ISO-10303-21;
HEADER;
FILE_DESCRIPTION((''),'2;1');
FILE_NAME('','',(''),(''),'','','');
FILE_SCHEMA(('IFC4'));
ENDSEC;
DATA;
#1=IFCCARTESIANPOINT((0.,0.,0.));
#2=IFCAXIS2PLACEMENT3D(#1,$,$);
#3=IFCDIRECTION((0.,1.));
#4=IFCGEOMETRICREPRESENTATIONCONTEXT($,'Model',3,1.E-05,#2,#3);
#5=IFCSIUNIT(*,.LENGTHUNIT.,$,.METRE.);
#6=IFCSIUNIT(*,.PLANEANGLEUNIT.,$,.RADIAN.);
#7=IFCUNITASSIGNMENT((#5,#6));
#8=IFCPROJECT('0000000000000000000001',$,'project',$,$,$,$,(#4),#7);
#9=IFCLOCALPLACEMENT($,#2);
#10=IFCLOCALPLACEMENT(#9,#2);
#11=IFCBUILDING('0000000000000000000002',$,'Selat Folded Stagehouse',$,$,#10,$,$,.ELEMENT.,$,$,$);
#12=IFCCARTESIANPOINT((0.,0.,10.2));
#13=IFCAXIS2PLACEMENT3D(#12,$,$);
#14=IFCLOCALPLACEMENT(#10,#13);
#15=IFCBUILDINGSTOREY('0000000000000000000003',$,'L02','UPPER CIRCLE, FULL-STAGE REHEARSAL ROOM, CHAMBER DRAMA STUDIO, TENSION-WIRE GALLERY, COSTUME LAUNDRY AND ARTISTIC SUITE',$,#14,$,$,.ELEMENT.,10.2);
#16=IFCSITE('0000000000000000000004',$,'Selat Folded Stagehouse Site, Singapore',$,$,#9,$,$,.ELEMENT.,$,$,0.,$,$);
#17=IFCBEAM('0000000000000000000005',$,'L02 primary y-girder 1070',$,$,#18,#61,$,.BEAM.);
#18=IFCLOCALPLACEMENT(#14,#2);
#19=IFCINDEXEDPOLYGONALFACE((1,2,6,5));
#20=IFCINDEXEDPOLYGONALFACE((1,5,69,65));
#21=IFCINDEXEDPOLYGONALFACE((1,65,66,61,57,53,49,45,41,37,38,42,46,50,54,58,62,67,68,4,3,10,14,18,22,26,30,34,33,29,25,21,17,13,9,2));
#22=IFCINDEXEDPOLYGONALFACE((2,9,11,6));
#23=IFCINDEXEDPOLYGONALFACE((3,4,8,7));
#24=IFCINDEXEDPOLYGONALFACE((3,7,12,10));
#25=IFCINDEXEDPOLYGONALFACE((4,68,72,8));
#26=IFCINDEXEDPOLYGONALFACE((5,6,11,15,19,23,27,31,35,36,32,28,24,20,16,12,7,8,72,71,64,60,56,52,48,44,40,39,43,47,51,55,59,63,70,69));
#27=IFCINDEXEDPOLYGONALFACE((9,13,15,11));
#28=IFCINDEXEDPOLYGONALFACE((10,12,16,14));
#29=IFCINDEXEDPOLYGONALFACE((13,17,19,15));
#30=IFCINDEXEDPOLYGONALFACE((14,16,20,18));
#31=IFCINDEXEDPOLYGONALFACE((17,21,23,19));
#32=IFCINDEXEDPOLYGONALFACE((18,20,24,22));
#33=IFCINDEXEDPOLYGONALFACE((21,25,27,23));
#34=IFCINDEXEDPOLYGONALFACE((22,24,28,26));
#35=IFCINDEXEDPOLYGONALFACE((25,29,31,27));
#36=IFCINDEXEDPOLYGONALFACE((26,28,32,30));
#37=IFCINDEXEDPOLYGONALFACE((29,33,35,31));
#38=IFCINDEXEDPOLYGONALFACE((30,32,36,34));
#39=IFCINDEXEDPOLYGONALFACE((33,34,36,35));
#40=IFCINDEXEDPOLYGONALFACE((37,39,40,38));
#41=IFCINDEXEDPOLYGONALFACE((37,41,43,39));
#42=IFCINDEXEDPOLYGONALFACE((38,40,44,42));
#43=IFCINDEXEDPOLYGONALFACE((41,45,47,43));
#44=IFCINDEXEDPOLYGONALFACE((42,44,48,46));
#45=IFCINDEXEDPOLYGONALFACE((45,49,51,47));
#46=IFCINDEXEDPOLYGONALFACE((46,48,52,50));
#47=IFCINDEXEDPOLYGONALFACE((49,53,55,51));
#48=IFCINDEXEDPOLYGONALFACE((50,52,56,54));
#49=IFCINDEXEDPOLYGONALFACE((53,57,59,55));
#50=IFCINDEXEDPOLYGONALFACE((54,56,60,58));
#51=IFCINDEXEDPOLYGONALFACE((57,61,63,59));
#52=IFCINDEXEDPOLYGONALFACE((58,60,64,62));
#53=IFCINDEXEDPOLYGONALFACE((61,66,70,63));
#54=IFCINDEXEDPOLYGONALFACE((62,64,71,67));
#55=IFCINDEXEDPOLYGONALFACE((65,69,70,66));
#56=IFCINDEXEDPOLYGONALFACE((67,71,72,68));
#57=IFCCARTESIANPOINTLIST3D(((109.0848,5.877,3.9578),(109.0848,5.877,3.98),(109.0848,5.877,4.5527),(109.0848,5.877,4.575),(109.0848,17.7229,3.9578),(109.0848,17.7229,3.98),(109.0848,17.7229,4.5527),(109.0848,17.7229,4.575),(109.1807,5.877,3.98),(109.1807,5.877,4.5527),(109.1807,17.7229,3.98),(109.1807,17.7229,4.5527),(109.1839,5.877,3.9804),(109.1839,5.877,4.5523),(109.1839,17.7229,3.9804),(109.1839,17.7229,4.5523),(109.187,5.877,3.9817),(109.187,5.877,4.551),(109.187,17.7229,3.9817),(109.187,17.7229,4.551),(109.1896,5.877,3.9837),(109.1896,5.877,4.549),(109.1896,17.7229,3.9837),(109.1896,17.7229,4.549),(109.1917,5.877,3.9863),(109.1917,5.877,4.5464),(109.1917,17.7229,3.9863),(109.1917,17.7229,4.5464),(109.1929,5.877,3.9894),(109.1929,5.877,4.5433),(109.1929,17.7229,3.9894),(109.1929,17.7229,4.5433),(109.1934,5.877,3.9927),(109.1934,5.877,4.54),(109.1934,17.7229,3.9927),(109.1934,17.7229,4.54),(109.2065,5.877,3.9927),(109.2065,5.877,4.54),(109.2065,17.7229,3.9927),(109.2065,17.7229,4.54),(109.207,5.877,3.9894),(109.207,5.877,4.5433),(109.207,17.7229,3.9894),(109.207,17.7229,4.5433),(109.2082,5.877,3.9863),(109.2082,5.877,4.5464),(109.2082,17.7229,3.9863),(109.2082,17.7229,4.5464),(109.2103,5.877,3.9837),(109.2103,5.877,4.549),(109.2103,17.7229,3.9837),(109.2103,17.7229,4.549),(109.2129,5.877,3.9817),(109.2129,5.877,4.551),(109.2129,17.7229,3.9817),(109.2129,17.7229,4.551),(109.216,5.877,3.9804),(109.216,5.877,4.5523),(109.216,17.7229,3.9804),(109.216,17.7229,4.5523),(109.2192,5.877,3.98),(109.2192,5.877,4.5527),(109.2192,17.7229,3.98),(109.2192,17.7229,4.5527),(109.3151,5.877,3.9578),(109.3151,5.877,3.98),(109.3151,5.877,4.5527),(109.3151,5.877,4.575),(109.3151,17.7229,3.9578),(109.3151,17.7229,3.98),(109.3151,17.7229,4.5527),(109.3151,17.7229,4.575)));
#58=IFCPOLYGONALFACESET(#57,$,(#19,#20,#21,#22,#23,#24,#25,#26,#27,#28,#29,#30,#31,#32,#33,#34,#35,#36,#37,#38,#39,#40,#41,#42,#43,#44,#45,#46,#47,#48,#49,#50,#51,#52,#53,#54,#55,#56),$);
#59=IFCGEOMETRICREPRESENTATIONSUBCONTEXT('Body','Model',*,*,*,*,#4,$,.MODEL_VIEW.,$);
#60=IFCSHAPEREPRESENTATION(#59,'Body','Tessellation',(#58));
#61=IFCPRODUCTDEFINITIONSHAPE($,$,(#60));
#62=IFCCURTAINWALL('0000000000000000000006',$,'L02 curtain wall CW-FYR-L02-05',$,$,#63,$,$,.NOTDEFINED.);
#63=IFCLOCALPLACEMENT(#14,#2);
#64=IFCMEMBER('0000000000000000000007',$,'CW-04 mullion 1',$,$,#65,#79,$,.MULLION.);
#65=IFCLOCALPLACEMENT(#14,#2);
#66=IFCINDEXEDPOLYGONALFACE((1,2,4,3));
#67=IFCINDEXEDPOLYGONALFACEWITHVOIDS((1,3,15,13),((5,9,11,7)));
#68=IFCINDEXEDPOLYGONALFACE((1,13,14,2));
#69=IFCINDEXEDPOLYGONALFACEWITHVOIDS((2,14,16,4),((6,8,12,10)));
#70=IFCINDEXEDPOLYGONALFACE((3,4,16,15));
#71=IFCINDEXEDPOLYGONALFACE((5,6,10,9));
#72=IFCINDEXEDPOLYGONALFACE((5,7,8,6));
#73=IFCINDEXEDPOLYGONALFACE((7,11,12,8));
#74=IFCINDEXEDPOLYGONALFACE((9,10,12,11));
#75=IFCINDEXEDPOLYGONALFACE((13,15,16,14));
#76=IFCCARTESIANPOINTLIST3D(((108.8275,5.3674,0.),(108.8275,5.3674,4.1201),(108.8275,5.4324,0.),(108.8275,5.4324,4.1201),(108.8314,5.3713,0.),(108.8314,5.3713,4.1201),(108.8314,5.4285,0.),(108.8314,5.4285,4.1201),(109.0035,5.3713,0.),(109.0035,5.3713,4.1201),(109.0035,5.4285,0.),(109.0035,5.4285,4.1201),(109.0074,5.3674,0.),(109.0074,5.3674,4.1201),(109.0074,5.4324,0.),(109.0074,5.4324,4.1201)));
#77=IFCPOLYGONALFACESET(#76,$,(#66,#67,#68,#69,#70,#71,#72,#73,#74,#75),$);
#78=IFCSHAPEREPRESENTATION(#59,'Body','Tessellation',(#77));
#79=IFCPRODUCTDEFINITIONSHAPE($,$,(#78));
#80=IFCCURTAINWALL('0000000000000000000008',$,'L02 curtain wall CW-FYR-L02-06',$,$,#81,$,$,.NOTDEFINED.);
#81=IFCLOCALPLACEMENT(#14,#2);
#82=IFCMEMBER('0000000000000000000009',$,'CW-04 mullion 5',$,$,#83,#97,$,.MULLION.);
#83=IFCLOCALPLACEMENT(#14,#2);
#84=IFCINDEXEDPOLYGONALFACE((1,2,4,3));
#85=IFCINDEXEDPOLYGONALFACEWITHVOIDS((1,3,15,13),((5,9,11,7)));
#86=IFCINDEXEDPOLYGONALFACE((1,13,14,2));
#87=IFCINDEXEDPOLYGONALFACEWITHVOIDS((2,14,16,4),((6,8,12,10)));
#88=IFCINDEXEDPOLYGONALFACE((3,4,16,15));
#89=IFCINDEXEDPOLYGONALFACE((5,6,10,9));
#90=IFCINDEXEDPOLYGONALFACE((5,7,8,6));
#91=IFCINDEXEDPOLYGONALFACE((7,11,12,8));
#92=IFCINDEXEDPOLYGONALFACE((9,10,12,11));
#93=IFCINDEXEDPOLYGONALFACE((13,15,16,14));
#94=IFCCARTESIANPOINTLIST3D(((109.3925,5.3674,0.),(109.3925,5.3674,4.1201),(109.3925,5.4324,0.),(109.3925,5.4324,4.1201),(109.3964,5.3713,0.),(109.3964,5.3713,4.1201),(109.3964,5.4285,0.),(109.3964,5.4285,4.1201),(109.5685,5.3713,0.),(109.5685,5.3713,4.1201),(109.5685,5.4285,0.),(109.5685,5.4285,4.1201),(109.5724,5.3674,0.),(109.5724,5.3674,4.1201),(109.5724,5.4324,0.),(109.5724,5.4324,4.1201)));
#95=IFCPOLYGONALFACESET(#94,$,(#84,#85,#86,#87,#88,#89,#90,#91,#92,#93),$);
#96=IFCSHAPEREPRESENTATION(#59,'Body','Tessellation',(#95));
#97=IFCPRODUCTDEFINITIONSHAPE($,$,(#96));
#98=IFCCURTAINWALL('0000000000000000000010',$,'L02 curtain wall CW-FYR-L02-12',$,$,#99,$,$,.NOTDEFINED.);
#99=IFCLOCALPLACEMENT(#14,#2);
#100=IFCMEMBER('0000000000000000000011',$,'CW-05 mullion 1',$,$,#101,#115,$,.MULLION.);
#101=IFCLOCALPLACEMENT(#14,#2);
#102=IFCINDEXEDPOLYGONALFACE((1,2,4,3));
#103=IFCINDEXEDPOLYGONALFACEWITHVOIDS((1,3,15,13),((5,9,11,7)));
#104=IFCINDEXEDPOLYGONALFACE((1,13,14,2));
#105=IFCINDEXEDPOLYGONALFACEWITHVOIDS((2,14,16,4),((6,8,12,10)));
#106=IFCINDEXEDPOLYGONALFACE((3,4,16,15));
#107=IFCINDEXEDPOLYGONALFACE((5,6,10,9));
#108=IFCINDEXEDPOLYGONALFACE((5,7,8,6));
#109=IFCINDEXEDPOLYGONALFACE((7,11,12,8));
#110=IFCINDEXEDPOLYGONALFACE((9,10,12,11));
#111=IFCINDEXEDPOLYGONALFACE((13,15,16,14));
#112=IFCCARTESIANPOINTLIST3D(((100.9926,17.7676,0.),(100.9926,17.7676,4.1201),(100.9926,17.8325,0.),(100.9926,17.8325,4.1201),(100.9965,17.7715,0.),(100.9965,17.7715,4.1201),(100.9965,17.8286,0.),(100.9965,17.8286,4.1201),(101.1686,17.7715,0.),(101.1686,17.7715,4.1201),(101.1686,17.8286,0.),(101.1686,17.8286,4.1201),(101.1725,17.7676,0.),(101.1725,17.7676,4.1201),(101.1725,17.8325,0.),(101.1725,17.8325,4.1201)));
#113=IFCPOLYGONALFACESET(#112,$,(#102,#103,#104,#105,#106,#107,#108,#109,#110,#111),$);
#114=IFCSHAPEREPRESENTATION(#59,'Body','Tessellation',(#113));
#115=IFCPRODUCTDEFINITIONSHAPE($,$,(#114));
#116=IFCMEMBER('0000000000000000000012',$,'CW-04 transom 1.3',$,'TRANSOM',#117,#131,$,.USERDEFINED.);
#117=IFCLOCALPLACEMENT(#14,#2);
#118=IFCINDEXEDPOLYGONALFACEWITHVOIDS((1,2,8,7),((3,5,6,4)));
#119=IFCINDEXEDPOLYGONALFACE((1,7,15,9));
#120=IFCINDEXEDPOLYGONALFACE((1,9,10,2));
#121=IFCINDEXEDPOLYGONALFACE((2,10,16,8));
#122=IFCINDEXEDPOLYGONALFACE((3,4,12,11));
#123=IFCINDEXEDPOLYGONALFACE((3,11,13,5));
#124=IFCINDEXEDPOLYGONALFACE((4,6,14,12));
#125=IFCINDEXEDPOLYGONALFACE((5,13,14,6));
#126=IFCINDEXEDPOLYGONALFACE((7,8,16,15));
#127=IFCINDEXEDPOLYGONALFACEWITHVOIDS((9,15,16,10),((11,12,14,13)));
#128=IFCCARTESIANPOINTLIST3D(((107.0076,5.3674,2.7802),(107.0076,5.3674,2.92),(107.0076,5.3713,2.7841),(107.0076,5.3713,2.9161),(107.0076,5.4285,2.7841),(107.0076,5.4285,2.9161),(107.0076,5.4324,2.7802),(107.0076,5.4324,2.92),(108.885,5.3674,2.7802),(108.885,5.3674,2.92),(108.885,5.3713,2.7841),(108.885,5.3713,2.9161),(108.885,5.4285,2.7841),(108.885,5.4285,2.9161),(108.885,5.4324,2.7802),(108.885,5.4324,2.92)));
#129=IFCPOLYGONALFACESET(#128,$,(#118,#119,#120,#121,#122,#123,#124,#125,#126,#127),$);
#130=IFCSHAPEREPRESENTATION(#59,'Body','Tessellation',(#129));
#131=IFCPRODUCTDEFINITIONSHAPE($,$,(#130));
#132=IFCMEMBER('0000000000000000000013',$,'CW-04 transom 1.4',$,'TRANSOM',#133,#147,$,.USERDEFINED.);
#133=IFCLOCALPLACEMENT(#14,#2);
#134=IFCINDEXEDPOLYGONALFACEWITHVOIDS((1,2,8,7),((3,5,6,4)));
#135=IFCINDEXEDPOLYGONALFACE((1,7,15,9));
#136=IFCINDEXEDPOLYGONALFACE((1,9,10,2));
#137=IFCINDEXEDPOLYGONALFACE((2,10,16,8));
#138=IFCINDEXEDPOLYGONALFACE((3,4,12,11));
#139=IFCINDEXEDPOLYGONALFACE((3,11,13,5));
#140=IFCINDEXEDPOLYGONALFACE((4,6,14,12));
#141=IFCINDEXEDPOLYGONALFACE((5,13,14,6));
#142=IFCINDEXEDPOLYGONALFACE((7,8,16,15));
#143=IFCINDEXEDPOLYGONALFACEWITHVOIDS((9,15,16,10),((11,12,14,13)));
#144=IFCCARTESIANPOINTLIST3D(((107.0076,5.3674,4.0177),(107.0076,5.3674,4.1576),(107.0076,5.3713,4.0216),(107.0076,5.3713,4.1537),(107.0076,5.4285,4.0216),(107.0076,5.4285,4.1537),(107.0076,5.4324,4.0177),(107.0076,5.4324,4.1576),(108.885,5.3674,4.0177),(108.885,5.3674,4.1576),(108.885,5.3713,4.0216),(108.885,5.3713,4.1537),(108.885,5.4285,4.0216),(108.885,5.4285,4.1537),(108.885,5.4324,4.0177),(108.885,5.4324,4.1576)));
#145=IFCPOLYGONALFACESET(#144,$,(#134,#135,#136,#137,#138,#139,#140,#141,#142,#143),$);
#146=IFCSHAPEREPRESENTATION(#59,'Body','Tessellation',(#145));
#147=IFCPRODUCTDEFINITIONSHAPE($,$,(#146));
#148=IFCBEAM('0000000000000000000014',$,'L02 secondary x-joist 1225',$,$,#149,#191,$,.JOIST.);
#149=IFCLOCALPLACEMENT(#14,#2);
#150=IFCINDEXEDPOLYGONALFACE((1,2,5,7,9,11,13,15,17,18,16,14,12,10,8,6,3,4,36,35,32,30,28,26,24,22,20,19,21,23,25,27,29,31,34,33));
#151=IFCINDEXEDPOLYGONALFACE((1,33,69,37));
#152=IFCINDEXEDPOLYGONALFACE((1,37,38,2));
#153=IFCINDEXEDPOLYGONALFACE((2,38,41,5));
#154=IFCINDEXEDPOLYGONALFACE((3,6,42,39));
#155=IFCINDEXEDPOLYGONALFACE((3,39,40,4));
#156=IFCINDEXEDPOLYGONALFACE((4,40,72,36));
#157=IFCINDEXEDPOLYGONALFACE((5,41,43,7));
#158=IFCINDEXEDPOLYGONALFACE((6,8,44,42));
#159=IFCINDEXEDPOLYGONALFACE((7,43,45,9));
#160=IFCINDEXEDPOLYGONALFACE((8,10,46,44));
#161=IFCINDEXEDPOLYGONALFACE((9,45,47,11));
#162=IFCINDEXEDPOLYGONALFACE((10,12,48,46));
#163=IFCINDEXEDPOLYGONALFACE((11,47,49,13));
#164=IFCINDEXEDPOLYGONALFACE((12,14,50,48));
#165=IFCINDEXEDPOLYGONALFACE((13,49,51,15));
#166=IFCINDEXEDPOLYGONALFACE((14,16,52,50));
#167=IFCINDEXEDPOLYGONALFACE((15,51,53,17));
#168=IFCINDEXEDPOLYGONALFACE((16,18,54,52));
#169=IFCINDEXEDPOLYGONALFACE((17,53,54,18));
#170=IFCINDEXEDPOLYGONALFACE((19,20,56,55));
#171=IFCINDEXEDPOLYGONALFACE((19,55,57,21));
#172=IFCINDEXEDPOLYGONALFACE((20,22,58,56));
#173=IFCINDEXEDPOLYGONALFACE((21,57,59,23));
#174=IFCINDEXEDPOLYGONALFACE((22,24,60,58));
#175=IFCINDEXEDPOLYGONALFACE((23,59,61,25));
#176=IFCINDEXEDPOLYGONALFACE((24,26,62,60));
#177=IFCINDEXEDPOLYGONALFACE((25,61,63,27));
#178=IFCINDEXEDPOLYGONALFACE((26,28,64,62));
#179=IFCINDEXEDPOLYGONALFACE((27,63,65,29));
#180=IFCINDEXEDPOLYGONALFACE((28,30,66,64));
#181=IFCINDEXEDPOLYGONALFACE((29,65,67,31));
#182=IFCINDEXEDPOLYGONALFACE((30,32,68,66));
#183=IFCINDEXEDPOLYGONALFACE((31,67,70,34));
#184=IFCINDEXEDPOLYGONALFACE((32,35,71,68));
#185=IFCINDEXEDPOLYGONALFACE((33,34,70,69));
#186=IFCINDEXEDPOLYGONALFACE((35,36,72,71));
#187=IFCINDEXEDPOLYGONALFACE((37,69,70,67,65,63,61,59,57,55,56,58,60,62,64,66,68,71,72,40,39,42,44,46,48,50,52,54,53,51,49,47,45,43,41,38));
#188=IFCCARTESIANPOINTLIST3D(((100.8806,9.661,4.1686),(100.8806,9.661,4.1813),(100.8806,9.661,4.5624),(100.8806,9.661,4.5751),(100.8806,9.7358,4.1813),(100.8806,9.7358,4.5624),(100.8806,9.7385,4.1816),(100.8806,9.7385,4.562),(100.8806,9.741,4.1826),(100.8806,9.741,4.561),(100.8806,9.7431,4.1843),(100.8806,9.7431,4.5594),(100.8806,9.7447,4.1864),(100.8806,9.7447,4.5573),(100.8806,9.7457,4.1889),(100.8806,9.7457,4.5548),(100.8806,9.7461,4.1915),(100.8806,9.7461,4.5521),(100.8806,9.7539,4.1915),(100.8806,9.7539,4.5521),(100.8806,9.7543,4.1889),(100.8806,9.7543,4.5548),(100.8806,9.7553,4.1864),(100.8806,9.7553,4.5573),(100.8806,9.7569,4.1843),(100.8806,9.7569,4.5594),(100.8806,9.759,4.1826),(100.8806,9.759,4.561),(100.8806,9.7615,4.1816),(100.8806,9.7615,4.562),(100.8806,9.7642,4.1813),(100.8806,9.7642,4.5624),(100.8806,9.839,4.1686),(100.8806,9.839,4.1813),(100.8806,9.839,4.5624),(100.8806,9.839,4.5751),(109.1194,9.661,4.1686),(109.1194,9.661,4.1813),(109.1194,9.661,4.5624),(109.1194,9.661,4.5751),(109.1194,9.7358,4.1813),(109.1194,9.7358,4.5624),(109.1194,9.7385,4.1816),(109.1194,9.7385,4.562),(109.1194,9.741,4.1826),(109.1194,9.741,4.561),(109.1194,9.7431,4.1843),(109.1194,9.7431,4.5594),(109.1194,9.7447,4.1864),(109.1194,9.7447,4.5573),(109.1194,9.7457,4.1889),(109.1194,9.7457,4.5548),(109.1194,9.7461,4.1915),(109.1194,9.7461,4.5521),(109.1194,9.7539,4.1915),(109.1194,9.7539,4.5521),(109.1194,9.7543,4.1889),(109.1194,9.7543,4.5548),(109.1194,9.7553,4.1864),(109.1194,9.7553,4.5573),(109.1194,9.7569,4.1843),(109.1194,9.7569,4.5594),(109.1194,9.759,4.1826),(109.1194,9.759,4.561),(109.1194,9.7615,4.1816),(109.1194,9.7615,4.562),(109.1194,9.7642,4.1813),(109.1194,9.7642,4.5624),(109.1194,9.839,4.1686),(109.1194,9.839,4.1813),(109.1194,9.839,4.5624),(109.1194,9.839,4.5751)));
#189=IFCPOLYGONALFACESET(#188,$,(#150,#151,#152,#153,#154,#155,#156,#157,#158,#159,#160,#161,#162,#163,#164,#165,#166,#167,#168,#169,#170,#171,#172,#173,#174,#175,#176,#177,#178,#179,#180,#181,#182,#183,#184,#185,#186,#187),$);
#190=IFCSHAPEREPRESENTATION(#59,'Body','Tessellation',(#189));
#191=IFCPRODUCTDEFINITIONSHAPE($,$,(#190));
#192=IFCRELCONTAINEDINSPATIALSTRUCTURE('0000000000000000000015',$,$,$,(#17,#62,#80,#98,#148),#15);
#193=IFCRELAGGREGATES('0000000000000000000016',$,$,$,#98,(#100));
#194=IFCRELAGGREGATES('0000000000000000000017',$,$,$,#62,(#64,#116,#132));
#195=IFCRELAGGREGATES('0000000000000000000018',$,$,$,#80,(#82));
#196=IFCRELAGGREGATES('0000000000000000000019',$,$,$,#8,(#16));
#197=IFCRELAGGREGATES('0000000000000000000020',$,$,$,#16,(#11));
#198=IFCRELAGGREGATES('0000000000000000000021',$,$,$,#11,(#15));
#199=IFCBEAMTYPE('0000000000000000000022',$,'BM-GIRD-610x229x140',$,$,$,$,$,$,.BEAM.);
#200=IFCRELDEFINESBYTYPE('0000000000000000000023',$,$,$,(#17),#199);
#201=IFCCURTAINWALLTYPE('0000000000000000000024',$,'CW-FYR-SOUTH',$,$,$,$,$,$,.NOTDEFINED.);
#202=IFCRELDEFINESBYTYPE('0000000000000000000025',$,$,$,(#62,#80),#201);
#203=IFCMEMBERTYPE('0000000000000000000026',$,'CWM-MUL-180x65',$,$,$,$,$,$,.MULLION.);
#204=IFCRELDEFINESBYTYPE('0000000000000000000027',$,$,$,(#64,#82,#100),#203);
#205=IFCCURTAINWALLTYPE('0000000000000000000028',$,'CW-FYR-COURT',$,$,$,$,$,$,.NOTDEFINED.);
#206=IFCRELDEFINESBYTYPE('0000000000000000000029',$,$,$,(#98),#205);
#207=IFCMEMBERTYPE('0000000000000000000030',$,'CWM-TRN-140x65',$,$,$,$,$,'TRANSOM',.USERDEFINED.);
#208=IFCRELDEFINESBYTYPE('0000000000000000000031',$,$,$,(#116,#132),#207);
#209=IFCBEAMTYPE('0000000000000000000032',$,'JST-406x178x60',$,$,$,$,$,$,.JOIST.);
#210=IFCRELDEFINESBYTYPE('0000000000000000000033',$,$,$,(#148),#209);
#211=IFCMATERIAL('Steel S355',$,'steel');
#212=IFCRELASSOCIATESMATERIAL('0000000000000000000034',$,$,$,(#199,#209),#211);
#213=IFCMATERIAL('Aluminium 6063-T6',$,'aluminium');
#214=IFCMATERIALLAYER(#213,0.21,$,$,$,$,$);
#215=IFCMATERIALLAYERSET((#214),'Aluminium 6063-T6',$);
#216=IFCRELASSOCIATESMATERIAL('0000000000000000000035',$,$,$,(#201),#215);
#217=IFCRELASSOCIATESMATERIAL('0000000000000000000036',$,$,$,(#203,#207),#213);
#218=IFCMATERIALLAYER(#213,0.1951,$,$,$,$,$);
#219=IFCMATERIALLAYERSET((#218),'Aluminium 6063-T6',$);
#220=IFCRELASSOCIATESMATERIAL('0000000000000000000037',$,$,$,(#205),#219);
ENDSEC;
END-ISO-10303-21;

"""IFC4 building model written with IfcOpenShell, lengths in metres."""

from ifc_helpers import new_model, si_unit, direction, frame, origin, origin_2d, place, context, subcontext, project, spatial, hollow_rectangle, i_section, extrude, material, layer, layer_set, material_profile, profile_set, type_object, element, aggregate, save


model = new_model("IFC4")

# Units and contexts
model_context = context("Model", 3, precision=1e-05, world=origin(), true_north=direction((0.0, 1.0)))
body_context = subcontext(model_context, "Body", "Model", "MODEL_VIEW")
ifc_project = project(units=[si_unit("LENGTHUNIT", "METRE"), si_unit("PLANEANGLEUNIT", "RADIAN")], contexts=[model_context])

# Site, building, storey
site_placement = place(None, origin())
site = spatial("IfcSite", under=ifc_project, at=site_placement, Name="Selat Folded Stagehouse Site, Singapore", CompositionType="ELEMENT", RefElevation=0.0)
building_placement = place(site_placement, origin())
building = spatial("IfcBuilding", under=site, at=building_placement, Name="Selat Folded Stagehouse", CompositionType="ELEMENT")
storey_placement = place(building_placement, frame((0.0, 0.0, 10.2)))
storey = spatial("IfcBuildingStorey", under=building, at=storey_placement, Name="L02", Description="UPPER CIRCLE, FULL-STAGE REHEARSAL ROOM, CHAMBER DRAMA STUDIO, TENSION-WIRE GALLERY, COSTUME LAUNDRY AND ARTISTIC SUITE", CompositionType="ELEMENT", Elevation=10.2)

# Shared definitions
ifc_material_1 = material(Name="Steel S355", Category="steel")

# Beam
ifc_material_profile_1 = material_profile(ifc_material_1, i_section(OverallWidth=0.2302, OverallDepth=0.6172, WebThickness=0.0132, FlangeThickness=0.0222, FilletRadius=0.0127, at=origin_2d()), Name="UKB 610x229x140")
ifc_profile_set_1 = profile_set([ifc_material_profile_1], Name="Steel S355")
beam_type_1 = type_object("IfcBeamType", Name="BM-GIRD-610x229x140", PredefinedType="BEAM", material=ifc_profile_set_1)
beam_1_placement = place(storey_placement, frame((109.2, 5.877, 4.2664), z_axis=(0.0, 1.0, 0.0), x_axis=(-1.0, 0.0, 0.0)))
element("IfcBeam", 1, at=beam_1_placement, inside=storey, type_object=beam_type_1, Name="L02 primary y-girder 1070", PredefinedType="BEAM", context=body_context, shape_type="SweptSolid", body=[
    extrude(i_section(OverallWidth=0.2302, OverallDepth=0.6172, WebThickness=0.0132, FlangeThickness=0.0222, FilletRadius=0.0127, at=origin_2d()), origin(), (0.0, 0.0, 1.0), 11.8459),
])

# Curtain walls, members
ifc_material_2 = material(Name="Aluminium 6063-T6", Category="aluminium")
ifc_layer_1 = layer(ifc_material_2, 0.21)
ifc_layer_set_1 = layer_set([ifc_layer_1], Name="Aluminium 6063-T6")
curtain_wall_type_1 = type_object("IfcCurtainWallType", Name="CW-FYR-SOUTH", PredefinedType="NOTDEFINED", material=ifc_layer_set_1)
curtain_wall_1_placement = place(storey_placement, origin())
curtain_wall_1 = element("IfcCurtainWall", 2, at=curtain_wall_1_placement, inside=storey, type_object=curtain_wall_type_1, Name="L02 curtain wall CW-FYR-L02-05", PredefinedType="NOTDEFINED")
ifc_material_profile_2 = material_profile(ifc_material_2, hollow_rectangle(XDim=0.0649, YDim=0.1799, WallThickness=0.0039, at=origin_2d()), Name="ALU 180x65x4.0")
ifc_profile_set_2 = profile_set([ifc_material_profile_2], Name="Aluminium 6063-T6")
member_type_1 = type_object("IfcMemberType", Name="CWM-MUL-180x65", PredefinedType="MULLION", material=ifc_profile_set_2)
member_1_placement = place(storey_placement, frame((108.9175, 5.3999, 0.0), z_axis=(0.0, 0.0, 1.0), x_axis=(0.0, -1.0, 0.0)))
member_1 = element("IfcMember", 3, at=member_1_placement, type_object=member_type_1, Name="CW-04 mullion 1", PredefinedType="MULLION", context=body_context, shape_type="SweptSolid", body=[
    extrude(hollow_rectangle(XDim=0.0649, YDim=0.1799, WallThickness=0.0039, at=origin_2d()), origin(), (0.0, 0.0, 1.0), 4.1201),
])
curtain_wall_2_placement = place(storey_placement, origin())
curtain_wall_2 = element("IfcCurtainWall", 4, at=curtain_wall_2_placement, inside=storey, type_object=curtain_wall_type_1, Name="L02 curtain wall CW-FYR-L02-06", PredefinedType="NOTDEFINED")
member_2_placement = place(storey_placement, frame((109.4824, 5.3999, 0.0), z_axis=(0.0, 0.0, 1.0), x_axis=(0.0, -1.0, 0.0)))
member_2 = element("IfcMember", 5, at=member_2_placement, type_object=member_type_1, Name="CW-04 mullion 5", PredefinedType="MULLION", context=body_context, shape_type="SweptSolid", body=[
    extrude(hollow_rectangle(XDim=0.0649, YDim=0.1799, WallThickness=0.0039, at=origin_2d()), origin(), (0.0, 0.0, 1.0), 4.1201),
])
ifc_layer_2 = layer(ifc_material_2, 0.1951)
ifc_layer_set_2 = layer_set([ifc_layer_2], Name="Aluminium 6063-T6")
curtain_wall_type_2 = type_object("IfcCurtainWallType", Name="CW-FYR-COURT", PredefinedType="NOTDEFINED", material=ifc_layer_set_2)
curtain_wall_3_placement = place(storey_placement, origin())
curtain_wall_3 = element("IfcCurtainWall", 6, at=curtain_wall_3_placement, inside=storey, type_object=curtain_wall_type_2, Name="L02 curtain wall CW-FYR-L02-12", PredefinedType="NOTDEFINED")
member_3_placement = place(storey_placement, frame((101.0825, 17.8, 0.0), z_axis=(0.0, 0.0, 1.0), x_axis=(0.0, 1.0, 0.0)))
member_3 = element("IfcMember", 7, at=member_3_placement, type_object=member_type_1, Name="CW-05 mullion 1", PredefinedType="MULLION", context=body_context, shape_type="SweptSolid", body=[
    extrude(hollow_rectangle(XDim=0.0649, YDim=0.1799, WallThickness=0.0039, at=origin_2d()), origin(), (0.0, 0.0, 1.0), 4.1201),
])
aggregate(curtain_wall_3, [member_3])

# Members
ifc_material_profile_3 = material_profile(ifc_material_2, hollow_rectangle(XDim=0.0649, YDim=0.1399, WallThickness=0.0039, at=origin_2d()), Name="ALU 140x65x4.0")
ifc_profile_set_3 = profile_set([ifc_material_profile_3], Name="Aluminium 6063-T6")
member_type_2 = type_object("IfcMemberType", Name="CWM-TRN-140x65", ElementType="TRANSOM", PredefinedType="USERDEFINED", material=ifc_profile_set_3)
member_4_placement = place(storey_placement, frame((108.885, 5.3999, 2.8501), z_axis=(-1.0, 0.0, 0.0), x_axis=(0.0, -1.0, 0.0)))
member_4 = element("IfcMember", 8, at=member_4_placement, type_object=member_type_2, Name="CW-04 transom 1.3", ObjectType="TRANSOM", PredefinedType="USERDEFINED", context=body_context, shape_type="SweptSolid", body=[
    extrude(hollow_rectangle(XDim=0.0649, YDim=0.1399, WallThickness=0.0039, at=origin_2d()), origin(), (0.0, 0.0, 1.0), 1.8774),
])
member_5_placement = place(storey_placement, frame((108.885, 5.3999, 4.0876), z_axis=(-1.0, 0.0, 0.0), x_axis=(0.0, -1.0, 0.0)))
member_5 = element("IfcMember", 9, at=member_5_placement, type_object=member_type_2, Name="CW-04 transom 1.4", ObjectType="TRANSOM", PredefinedType="USERDEFINED", context=body_context, shape_type="SweptSolid", body=[
    extrude(hollow_rectangle(XDim=0.0649, YDim=0.1399, WallThickness=0.0039, at=origin_2d()), origin(), (0.0, 0.0, 1.0), 1.8774),
])
aggregate(curtain_wall_1, [member_1, member_4, member_5])

# Beam
ifc_material_profile_4 = material_profile(ifc_material_1, i_section(OverallWidth=0.178, OverallDepth=0.4065, WebThickness=0.0078, FlangeThickness=0.0127, FilletRadius=0.0103, at=origin_2d()), Name="UKB 406x178x60")
ifc_profile_set_4 = profile_set([ifc_material_profile_4], Name="Steel S355")
beam_type_2 = type_object("IfcBeamType", Name="JST-406x178x60", PredefinedType="JOIST", material=ifc_profile_set_4)
for number, where, z_axis, x_axis, name in (
    (10, (100.8806, 9.75, 4.3718), (1.0, 0.0, 0.0), (0.0, 1.0, 0.0), "L02 secondary x-joist 1225"),
):
    element("IfcBeam", number, at=place(storey_placement, frame(where, z_axis=z_axis, x_axis=x_axis)), inside=storey, type_object=beam_type_2, Name=name, PredefinedType="JOIST", context=body_context, shape_type="SweptSolid", body=[
        extrude(i_section(OverallWidth=0.178, OverallDepth=0.4065, WebThickness=0.0078, FlangeThickness=0.0127, FilletRadius=0.0103, at=origin_2d()), origin(), (0.0, 0.0, 1.0), 8.2388),
    ])

aggregate(curtain_wall_2, [member_2])

save(model, "model.ifc")
